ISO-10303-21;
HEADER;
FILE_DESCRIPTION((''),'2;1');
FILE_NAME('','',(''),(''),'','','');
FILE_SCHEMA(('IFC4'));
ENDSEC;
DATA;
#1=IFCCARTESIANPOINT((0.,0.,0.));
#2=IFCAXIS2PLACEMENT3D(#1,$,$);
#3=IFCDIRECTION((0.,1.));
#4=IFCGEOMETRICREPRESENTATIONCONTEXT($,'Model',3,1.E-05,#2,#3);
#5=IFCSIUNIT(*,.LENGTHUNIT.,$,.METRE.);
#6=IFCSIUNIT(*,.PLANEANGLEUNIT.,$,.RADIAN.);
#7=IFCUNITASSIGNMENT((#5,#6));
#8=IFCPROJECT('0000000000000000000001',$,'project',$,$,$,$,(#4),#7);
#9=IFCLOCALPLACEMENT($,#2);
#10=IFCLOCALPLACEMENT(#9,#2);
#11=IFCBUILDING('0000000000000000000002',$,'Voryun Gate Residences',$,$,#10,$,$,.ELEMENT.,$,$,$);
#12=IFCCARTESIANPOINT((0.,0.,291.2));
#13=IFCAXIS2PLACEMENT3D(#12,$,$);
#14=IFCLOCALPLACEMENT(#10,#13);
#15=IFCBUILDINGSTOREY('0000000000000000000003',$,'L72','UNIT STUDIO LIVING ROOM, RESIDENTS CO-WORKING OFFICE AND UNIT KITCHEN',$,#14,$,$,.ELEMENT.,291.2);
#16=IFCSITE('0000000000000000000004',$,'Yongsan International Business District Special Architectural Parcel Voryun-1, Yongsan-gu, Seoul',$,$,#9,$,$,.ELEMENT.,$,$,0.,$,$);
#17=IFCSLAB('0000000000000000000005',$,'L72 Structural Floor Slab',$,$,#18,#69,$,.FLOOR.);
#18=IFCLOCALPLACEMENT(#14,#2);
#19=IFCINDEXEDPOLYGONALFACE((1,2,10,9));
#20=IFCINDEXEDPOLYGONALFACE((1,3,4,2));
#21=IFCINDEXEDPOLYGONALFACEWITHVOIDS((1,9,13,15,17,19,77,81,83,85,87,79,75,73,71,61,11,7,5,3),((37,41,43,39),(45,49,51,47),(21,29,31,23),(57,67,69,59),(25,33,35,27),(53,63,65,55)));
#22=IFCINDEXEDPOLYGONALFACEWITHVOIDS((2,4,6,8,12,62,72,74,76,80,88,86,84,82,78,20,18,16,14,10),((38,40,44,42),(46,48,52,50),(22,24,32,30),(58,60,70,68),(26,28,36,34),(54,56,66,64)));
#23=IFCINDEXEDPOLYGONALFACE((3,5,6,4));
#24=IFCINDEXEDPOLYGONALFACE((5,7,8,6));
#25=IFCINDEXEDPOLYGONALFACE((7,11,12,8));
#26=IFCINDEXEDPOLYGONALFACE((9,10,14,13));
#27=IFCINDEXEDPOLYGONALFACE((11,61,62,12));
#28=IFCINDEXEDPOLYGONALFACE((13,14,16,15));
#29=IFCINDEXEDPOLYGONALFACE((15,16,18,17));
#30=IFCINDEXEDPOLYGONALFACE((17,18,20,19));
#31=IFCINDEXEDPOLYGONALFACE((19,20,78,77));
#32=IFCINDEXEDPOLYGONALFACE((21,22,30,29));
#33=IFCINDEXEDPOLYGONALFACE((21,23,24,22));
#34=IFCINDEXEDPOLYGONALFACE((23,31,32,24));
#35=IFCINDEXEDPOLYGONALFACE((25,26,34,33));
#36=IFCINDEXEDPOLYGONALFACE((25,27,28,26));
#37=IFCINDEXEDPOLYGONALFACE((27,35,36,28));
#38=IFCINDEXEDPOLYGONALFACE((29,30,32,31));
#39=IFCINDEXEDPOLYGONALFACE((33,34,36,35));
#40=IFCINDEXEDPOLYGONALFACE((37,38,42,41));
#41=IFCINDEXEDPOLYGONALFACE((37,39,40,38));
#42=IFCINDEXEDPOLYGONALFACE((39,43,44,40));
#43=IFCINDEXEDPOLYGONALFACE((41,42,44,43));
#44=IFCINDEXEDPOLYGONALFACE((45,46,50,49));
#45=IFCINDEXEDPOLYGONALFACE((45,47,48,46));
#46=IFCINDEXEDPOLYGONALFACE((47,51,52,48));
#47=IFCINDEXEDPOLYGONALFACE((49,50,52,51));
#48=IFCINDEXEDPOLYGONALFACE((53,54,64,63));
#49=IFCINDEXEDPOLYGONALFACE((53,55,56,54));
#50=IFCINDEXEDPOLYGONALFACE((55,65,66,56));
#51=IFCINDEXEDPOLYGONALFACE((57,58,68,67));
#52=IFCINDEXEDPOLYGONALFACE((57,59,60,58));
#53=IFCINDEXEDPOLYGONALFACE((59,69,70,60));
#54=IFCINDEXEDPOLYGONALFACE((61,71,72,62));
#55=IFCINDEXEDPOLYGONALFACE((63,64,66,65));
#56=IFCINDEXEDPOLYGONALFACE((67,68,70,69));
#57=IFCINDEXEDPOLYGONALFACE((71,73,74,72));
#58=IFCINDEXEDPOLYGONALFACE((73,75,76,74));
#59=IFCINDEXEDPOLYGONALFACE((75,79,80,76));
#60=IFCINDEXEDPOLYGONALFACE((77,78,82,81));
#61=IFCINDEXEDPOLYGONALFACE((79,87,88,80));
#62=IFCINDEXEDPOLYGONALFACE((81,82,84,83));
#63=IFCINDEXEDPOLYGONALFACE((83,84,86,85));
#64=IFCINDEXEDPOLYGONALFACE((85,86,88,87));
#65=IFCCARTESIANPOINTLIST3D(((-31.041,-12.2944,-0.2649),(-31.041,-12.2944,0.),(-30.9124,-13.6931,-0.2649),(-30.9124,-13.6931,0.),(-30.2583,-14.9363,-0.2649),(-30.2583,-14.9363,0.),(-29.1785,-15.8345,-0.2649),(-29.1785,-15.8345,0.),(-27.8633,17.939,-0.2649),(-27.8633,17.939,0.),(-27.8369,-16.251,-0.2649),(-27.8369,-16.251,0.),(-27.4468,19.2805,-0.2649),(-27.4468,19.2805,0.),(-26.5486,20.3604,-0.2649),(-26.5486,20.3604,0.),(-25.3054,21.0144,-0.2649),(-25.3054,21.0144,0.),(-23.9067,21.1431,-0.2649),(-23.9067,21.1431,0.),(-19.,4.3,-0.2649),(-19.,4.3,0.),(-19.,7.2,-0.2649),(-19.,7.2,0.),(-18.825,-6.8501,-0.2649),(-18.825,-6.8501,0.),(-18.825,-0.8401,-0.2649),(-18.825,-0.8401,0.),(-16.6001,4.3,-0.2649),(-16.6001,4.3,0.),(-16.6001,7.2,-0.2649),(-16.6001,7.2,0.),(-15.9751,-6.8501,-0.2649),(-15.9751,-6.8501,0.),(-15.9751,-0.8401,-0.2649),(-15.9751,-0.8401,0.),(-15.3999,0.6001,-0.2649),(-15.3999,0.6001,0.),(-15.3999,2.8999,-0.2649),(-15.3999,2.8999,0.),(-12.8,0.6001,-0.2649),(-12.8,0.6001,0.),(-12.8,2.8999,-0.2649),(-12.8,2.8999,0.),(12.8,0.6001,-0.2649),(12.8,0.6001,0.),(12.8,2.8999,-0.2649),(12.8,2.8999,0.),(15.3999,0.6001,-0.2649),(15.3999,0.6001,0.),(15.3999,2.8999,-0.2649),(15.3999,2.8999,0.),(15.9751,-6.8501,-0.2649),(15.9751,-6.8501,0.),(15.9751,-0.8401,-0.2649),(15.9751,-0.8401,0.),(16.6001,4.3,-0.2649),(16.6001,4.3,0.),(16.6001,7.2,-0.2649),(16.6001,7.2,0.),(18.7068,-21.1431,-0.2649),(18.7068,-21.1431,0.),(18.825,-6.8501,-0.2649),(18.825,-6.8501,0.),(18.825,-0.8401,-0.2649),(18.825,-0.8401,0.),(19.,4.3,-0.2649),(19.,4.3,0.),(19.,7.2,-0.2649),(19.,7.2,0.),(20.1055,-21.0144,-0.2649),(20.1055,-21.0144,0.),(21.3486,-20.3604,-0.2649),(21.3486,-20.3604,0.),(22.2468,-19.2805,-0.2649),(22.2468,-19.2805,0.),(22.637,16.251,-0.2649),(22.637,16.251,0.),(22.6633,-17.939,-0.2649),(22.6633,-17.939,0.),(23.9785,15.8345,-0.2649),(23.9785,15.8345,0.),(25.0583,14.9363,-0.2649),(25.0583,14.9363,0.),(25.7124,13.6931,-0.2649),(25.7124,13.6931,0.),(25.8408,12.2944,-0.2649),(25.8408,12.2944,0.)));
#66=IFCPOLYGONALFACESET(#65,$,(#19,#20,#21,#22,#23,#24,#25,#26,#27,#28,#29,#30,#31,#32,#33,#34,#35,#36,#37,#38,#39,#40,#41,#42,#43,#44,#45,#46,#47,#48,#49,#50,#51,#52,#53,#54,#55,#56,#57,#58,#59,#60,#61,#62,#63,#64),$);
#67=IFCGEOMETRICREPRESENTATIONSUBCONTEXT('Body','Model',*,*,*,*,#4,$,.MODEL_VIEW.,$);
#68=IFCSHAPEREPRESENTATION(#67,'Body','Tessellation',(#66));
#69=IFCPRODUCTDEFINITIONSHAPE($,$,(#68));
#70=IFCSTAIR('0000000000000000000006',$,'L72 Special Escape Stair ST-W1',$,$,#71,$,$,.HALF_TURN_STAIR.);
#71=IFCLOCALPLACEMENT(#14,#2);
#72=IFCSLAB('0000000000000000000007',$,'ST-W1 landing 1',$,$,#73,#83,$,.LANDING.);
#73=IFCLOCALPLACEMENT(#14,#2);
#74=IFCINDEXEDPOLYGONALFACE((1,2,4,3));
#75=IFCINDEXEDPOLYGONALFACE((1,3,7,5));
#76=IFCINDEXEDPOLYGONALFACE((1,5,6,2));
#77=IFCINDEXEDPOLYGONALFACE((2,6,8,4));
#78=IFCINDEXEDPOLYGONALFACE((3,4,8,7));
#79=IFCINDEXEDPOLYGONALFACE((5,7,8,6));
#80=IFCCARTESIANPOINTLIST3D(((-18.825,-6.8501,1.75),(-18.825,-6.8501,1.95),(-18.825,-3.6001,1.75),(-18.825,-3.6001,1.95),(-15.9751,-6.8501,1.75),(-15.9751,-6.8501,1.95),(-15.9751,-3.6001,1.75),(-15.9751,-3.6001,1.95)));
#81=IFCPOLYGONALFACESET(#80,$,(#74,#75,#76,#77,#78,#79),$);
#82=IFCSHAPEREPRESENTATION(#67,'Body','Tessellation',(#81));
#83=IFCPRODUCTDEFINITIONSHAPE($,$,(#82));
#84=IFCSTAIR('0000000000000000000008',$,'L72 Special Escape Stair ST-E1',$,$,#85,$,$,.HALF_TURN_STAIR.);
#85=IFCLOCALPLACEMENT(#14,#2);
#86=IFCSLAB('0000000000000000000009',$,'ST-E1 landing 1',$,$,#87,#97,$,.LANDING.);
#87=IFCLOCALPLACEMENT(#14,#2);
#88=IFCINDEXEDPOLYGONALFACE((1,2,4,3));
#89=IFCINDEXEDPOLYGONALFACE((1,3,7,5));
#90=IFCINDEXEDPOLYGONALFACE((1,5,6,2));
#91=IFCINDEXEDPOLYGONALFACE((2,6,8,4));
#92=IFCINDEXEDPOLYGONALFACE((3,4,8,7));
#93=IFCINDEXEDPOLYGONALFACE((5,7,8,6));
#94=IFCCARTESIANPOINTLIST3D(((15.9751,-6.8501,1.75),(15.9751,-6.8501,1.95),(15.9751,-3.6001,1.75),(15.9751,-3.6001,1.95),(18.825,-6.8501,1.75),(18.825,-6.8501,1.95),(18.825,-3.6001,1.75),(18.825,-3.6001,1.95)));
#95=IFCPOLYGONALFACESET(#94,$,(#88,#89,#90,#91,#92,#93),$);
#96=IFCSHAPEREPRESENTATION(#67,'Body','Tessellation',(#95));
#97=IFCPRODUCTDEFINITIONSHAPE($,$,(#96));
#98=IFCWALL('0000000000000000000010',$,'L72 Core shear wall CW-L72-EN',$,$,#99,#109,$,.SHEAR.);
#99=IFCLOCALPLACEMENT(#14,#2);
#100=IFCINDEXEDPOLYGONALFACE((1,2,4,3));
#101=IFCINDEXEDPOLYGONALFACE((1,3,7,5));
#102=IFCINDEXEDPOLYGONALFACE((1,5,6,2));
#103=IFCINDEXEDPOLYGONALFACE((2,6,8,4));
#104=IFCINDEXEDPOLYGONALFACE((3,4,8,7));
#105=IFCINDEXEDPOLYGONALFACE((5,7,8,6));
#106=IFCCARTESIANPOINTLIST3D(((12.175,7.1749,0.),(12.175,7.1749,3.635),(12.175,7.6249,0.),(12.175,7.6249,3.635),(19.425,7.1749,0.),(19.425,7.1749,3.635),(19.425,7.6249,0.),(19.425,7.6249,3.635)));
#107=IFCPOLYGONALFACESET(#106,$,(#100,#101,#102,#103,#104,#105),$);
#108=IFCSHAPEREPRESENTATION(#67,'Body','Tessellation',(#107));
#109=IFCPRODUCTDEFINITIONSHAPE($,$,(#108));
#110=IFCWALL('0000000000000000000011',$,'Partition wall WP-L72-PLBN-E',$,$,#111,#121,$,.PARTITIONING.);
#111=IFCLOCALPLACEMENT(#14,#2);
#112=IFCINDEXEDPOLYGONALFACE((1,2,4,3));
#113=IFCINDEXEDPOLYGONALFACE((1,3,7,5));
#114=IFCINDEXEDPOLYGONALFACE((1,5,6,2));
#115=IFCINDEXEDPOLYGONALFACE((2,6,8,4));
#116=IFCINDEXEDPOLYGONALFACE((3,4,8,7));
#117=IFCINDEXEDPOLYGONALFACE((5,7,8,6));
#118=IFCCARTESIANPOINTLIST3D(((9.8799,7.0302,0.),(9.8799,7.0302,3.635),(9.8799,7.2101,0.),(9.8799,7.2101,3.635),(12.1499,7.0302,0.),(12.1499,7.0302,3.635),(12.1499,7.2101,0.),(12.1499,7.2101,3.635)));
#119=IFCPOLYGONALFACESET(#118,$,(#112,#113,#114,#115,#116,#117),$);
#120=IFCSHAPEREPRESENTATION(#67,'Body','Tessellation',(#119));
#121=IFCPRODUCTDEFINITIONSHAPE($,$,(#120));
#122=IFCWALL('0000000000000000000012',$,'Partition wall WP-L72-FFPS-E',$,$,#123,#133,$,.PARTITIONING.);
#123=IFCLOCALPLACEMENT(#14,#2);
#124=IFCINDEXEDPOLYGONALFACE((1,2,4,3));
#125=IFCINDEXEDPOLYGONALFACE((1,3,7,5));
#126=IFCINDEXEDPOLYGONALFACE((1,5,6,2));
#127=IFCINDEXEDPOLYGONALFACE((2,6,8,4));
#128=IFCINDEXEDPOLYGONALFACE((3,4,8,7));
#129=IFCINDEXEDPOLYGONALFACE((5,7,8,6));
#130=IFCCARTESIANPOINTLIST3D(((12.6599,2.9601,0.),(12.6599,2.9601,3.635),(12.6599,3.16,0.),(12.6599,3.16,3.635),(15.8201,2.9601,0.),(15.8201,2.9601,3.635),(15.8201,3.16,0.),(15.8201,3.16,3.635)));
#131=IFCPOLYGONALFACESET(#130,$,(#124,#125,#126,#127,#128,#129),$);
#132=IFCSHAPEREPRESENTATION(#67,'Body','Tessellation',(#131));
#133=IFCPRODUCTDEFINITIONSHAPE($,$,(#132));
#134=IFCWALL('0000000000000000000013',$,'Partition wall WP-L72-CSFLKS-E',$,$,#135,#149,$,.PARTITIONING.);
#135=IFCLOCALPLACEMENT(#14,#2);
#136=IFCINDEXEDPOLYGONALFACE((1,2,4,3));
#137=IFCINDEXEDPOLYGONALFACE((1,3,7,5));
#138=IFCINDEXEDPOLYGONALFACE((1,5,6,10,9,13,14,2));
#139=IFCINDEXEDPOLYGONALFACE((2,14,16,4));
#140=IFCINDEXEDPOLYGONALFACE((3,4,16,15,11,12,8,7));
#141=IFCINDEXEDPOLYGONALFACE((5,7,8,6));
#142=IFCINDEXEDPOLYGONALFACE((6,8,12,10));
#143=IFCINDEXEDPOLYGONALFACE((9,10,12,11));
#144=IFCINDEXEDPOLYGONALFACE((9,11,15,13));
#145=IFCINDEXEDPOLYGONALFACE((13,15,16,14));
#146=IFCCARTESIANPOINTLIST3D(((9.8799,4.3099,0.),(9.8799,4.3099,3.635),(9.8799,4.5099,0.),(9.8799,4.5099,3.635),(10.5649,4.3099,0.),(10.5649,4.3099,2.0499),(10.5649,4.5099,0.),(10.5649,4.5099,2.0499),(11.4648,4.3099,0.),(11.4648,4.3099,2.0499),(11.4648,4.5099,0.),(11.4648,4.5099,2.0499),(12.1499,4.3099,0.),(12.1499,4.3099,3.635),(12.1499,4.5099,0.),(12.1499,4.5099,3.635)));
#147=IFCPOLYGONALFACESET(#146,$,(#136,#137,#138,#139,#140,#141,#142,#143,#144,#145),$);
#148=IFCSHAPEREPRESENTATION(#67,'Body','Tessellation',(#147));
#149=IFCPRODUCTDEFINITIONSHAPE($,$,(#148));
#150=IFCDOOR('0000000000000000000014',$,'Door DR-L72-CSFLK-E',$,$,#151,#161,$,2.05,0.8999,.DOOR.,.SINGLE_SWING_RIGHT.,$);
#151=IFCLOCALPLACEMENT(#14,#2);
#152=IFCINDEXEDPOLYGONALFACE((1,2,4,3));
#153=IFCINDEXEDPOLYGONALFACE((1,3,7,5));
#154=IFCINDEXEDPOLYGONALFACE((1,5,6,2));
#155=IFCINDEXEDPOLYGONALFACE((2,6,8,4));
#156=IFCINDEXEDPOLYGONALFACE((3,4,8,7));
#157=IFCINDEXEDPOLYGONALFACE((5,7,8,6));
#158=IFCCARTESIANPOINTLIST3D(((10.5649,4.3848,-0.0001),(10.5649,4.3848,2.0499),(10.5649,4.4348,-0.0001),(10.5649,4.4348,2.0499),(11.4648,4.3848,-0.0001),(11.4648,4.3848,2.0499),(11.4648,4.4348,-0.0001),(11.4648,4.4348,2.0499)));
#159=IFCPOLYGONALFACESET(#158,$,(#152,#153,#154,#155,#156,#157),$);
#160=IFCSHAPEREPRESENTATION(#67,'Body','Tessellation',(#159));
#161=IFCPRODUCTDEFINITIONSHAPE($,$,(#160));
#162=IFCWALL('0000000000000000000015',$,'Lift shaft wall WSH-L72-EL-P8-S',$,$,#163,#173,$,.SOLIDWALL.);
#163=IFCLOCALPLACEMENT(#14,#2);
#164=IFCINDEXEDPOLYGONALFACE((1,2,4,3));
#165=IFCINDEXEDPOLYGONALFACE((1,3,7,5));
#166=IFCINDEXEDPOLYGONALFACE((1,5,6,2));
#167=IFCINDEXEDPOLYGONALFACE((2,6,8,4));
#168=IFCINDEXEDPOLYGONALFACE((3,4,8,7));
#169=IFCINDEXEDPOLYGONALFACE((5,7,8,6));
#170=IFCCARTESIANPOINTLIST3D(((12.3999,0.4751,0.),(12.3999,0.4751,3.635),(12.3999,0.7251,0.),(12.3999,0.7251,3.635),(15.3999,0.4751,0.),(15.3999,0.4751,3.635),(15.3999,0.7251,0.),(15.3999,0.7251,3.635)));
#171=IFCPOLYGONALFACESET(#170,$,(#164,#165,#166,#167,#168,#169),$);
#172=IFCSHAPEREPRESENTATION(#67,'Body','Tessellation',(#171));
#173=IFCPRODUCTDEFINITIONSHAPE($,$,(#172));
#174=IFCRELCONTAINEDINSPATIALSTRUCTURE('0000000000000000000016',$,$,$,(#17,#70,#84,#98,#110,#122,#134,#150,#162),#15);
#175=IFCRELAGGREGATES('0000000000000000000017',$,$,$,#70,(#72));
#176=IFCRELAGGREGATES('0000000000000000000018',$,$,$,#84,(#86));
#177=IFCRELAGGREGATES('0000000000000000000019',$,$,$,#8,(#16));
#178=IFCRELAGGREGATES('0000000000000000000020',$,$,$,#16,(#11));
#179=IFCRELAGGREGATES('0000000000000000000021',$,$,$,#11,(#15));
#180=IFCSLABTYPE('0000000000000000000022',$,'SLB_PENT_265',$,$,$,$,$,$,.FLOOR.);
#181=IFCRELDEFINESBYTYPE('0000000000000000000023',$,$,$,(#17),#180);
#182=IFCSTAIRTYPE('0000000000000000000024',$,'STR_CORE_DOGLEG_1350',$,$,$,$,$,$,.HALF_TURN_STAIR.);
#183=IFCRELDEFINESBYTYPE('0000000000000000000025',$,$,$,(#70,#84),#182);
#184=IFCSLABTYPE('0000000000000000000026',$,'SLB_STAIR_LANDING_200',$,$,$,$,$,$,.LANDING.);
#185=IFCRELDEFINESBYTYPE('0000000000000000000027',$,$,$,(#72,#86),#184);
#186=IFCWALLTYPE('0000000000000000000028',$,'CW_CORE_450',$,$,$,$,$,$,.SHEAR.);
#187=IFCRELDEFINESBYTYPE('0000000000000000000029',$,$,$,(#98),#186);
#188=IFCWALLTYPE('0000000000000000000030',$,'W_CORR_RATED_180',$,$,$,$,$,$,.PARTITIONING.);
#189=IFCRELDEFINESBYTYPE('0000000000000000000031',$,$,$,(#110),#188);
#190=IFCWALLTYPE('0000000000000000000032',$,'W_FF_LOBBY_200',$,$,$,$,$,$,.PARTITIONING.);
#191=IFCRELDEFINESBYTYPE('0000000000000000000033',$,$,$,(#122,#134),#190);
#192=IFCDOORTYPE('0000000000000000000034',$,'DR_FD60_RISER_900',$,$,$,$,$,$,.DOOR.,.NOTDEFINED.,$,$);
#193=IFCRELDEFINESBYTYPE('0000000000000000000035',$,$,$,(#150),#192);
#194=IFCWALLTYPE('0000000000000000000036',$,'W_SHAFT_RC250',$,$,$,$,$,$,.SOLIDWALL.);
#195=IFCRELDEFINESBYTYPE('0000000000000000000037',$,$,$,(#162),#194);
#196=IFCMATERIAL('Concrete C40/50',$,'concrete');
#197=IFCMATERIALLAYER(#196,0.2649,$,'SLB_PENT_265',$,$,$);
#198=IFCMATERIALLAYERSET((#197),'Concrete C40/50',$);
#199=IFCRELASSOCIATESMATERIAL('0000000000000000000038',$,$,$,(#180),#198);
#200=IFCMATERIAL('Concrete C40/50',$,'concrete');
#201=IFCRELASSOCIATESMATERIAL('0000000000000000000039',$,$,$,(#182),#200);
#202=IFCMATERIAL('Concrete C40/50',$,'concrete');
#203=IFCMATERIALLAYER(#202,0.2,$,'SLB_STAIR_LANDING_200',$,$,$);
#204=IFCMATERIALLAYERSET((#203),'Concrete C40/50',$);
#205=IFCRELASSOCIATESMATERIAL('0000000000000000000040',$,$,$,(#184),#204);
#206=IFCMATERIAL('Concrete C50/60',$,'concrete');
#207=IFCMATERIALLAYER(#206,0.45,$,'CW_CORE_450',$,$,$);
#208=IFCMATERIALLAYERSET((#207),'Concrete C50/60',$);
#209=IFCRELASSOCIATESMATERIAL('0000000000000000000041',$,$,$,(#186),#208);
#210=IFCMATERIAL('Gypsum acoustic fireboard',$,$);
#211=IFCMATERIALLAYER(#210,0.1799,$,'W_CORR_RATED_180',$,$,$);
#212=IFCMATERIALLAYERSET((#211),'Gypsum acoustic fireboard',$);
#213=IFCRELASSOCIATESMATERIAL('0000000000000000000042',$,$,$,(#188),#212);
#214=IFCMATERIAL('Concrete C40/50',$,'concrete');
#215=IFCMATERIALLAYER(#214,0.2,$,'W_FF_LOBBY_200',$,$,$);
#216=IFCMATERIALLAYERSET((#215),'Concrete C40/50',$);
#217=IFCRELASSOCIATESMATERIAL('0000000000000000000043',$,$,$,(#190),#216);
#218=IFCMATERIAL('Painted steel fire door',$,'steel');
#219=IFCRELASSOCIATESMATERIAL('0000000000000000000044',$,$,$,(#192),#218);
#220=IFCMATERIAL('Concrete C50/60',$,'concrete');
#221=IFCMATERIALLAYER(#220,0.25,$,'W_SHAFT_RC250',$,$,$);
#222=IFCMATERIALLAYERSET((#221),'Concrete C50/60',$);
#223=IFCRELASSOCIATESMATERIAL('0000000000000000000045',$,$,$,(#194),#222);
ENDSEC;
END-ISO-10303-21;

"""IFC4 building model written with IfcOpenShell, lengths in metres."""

from ifc_helpers import new_model, si_unit, direction, frame, frame_2d, origin, place, context, subcontext, project, spatial, polyline, rectangle, outline, extrude, material, layer, layer_set, type_object, element, fill, aggregate, save


model = new_model("IFC4")

# Units and contexts
model_context = context("Model", 3, precision=1e-05, world=origin(), true_north=direction((0.0, 1.0)))
body_context = subcontext(model_context, "Body", "Model", "MODEL_VIEW")
ifc_project = project(units=[si_unit("LENGTHUNIT", "METRE"), si_unit("PLANEANGLEUNIT", "RADIAN")], contexts=[model_context])

# Site, building, storey
site_placement = place(None, origin())
site = spatial("IfcSite", under=ifc_project, at=site_placement, Name="Yongsan International Business District Special Architectural Parcel Voryun-1, Yongsan-gu, Seoul", CompositionType="ELEMENT", RefElevation=0.0)
building_placement = place(site_placement, origin())
building = spatial("IfcBuilding", under=site, at=building_placement, Name="Voryun Gate Residences", CompositionType="ELEMENT")
storey_placement = place(building_placement, frame((0.0, 0.0, 291.2)))
storey = spatial("IfcBuildingStorey", under=building, at=storey_placement, Name="L72", Description="UNIT STUDIO LIVING ROOM, RESIDENTS CO-WORKING OFFICE AND UNIT KITCHEN", CompositionType="ELEMENT", Elevation=291.2)

# Slab
ifc_material_1 = material(Name="Concrete C40/50", Category="concrete")
ifc_layer_1 = layer(ifc_material_1, 0.2649, Name="SLB_PENT_265")
ifc_layer_set_1 = layer_set([ifc_layer_1], Name="Concrete C40/50")
slab_type_1 = type_object("IfcSlabType", Name="SLB_PENT_265", PredefinedType="FLOOR", material=ifc_layer_set_1)
slab_1_placement = place(storey_placement, frame((0.0, 0.0, -0.2649)))
element("IfcSlab", 1, at=slab_1_placement, inside=storey, type_object=slab_type_1, Name="L72 Structural Floor Slab", PredefinedType="FLOOR", context=body_context, shape_type="SweptSolid", body=[
    extrude(outline(polyline([(-27.8369, -16.251), (-29.1785, -15.8345), (-30.2583, -14.9363), (-30.9124, -13.6931), (-31.041, -12.2944), (-27.8633, 17.939), (-27.4468, 19.2805), (-26.5486, 20.3604), (-25.3054, 21.0144), (-23.9067, 21.1431), (22.637, 16.251), (23.9785, 15.8345), (25.0583, 14.9363), (25.7124, 13.6931), (25.8408, 12.2944), (22.6633, -17.939), (22.2468, -19.2805), (21.3486, -20.3604), (20.1055, -21.0144), (18.7068, -21.1431), (-27.8369, -16.251)]), holes=[polyline([(-15.9751, -0.8401), (-18.825, -0.8401), (-18.825, -6.8501), (-15.9751, -6.8501), (-15.9751, -0.8401)]), polyline([(18.825, -6.8501), (18.825, -0.8401), (15.9751, -0.8401), (15.9751, -6.8501), (18.825, -6.8501)]), polyline([(-12.8, 2.8999), (-15.3999, 2.8999), (-15.3999, 0.6001), (-12.8, 0.6001), (-12.8, 2.8999)]), polyline([(12.8, 2.8999), (12.8, 0.6001), (15.3999, 0.6001), (15.3999, 2.8999), (12.8, 2.8999)]), polyline([(-16.6001, 7.2), (-19.0, 7.2), (-19.0, 4.3), (-16.6001, 4.3), (-16.6001, 7.2)]), polyline([(19.0, 7.2), (16.6001, 7.2), (16.6001, 4.3), (19.0, 4.3), (19.0, 7.2)])]), origin(), (0.0, 0.0, 1.0), 0.2649),
])

# Stairs, slabs
ifc_material_2 = material(Name="Concrete C40/50", Category="concrete")
stair_type = type_object("IfcStairType", Name="STR_CORE_DOGLEG_1350", PredefinedType="HALF_TURN_STAIR", material=ifc_material_2)
stair_1_placement = place(storey_placement, origin())
stair_1 = element("IfcStair", 2, at=stair_1_placement, inside=storey, type_object=stair_type, Name="L72 Special Escape Stair ST-W1", PredefinedType="HALF_TURN_STAIR")
ifc_material_3 = material(Name="Concrete C40/50", Category="concrete")
ifc_layer_2 = layer(ifc_material_3, 0.2, Name="SLB_STAIR_LANDING_200")
ifc_layer_set_2 = layer_set([ifc_layer_2], Name="Concrete C40/50")
slab_type_2 = type_object("IfcSlabType", Name="SLB_STAIR_LANDING_200", PredefinedType="LANDING", material=ifc_layer_set_2)
slab_2_placement = place(storey_placement, frame((0.0, 0.0, 1.75)))
slab_2 = element("IfcSlab", 3, at=slab_2_placement, type_object=slab_type_2, Name="ST-W1 landing 1", PredefinedType="LANDING", context=body_context, shape_type="SweptSolid", body=[
    extrude(outline(polyline([(-18.825, -3.6001), (-18.825, -6.8501), (-15.9751, -6.8501), (-15.9751, -3.6001), (-18.825, -3.6001)])), origin(), (0.0, 0.0, 1.0), 0.2),
])
aggregate(stair_1, [slab_2])
stair_2_placement = place(storey_placement, origin())
stair_2 = element("IfcStair", 4, at=stair_2_placement, inside=storey, type_object=stair_type, Name="L72 Special Escape Stair ST-E1", PredefinedType="HALF_TURN_STAIR")
slab_3_placement = place(storey_placement, frame((0.0, 0.0, 1.75)))
slab_3 = element("IfcSlab", 5, at=slab_3_placement, type_object=slab_type_2, Name="ST-E1 landing 1", PredefinedType="LANDING", context=body_context, shape_type="SweptSolid", body=[
    extrude(outline(polyline([(15.9751, -3.6001), (15.9751, -6.8501), (18.825, -6.8501), (18.825, -3.6001), (15.9751, -3.6001)])), origin(), (0.0, 0.0, 1.0), 0.2),
])
aggregate(stair_2, [slab_3])

# Walls
ifc_material_4 = material(Name="Concrete C50/60", Category="concrete")
ifc_layer_3 = layer(ifc_material_4, 0.45, Name="CW_CORE_450")
ifc_layer_set_3 = layer_set([ifc_layer_3], Name="Concrete C50/60")
wall_type_1 = type_object("IfcWallType", Name="CW_CORE_450", PredefinedType="SHEAR", material=ifc_layer_set_3)
wall_1_placement = place(storey_placement, frame((12.175, 7.3999, 0.0), z_axis=(0.0, 0.0, 1.0), x_axis=(1.0, 0.0, 0.0)))
element("IfcWall", 6, at=wall_1_placement, inside=storey, type_object=wall_type_1, Name="L72 Core shear wall CW-L72-EN", PredefinedType="SHEAR", context=body_context, shape_type="SweptSolid", body=[
    extrude(rectangle(XDim=7.25, YDim=0.45, at=frame_2d((3.625, 0.0))), origin(), (0.0, 0.0, 1.0), 3.635),
])
ifc_material_5 = material(Name="Gypsum acoustic fireboard")
ifc_layer_4 = layer(ifc_material_5, 0.1799, Name="W_CORR_RATED_180")
ifc_layer_set_4 = layer_set([ifc_layer_4], Name="Gypsum acoustic fireboard")
wall_type_2 = type_object("IfcWallType", Name="W_CORR_RATED_180", PredefinedType="PARTITIONING", material=ifc_layer_set_4)
wall_2_placement = place(storey_placement, frame((9.8799, 7.1201, 0.0), z_axis=(0.0, 0.0, 1.0), x_axis=(1.0, 0.0, 0.0)))
element("IfcWall", 7, at=wall_2_placement, inside=storey, type_object=wall_type_2, Name="Partition wall WP-L72-PLBN-E", PredefinedType="PARTITIONING", context=body_context, shape_type="SweptSolid", body=[
    extrude(rectangle(XDim=2.27, YDim=0.1799, at=frame_2d((1.135, 0.0))), origin(), (0.0, 0.0, 1.0), 3.635),
])
ifc_material_6 = material(Name="Concrete C40/50", Category="concrete")
ifc_layer_5 = layer(ifc_material_6, 0.2, Name="W_FF_LOBBY_200")
ifc_layer_set_5 = layer_set([ifc_layer_5], Name="Concrete C40/50")
wall_type_3 = type_object("IfcWallType", Name="W_FF_LOBBY_200", PredefinedType="PARTITIONING", material=ifc_layer_set_5)
wall_3_placement = place(storey_placement, frame((12.6599, 3.0601, 0.0), z_axis=(0.0, 0.0, 1.0), x_axis=(1.0, 0.0, 0.0)))
element("IfcWall", 8, at=wall_3_placement, inside=storey, type_object=wall_type_3, Name="Partition wall WP-L72-FFPS-E", PredefinedType="PARTITIONING", context=body_context, shape_type="SweptSolid", body=[
    extrude(rectangle(XDim=3.1602, YDim=0.2, at=frame_2d((1.5801, 0.0))), origin(), (0.0, 0.0, 1.0), 3.635),
])

# Wall, opening, door
wall_4_placement = place(storey_placement, frame((9.8799, 4.4099, 0.0), z_axis=(0.0, 0.0, 1.0), x_axis=(1.0, 0.0, 0.0)))
wall_4 = element("IfcWall", 9, at=wall_4_placement, inside=storey, type_object=wall_type_3, Name="Partition wall WP-L72-CSFLKS-E", PredefinedType="PARTITIONING", context=body_context, shape_type="SweptSolid", body=[
    extrude(rectangle(XDim=2.27, YDim=0.2, at=frame_2d((1.135, 0.0))), origin(), (0.0, 0.0, 1.0), 3.635),
])
opening_placement = place(wall_4_placement, frame((0.6851, 0.0, 0.0)))
opening = element("IfcOpeningElement", 10, at=opening_placement, cuts=wall_4, PredefinedType="OPENING", context=body_context, shape_type="SweptSolid", body=[
    extrude(rectangle(XDim=0.8999, YDim=2.05, at=frame_2d((0.45, 1.0249))), frame((0.0, 0.1101, 0.0), z_axis=(0.0, -1.0, 0.0), x_axis=(1.0, 0.0, 0.0)), (0.0, 0.0, 1.0), 0.22),
])
ifc_material_7 = material(Name="Painted steel fire door", Category="steel")
door_type = type_object("IfcDoorType", Name="DR_FD60_RISER_900", OperationType="NOTDEFINED", PredefinedType="DOOR", material=ifc_material_7)
door_placement = place(opening_placement, origin())
door = element("IfcDoor", 11, at=door_placement, inside=storey, type_object=door_type, Name="Door DR-L72-CSFLK-E", OperationType="SINGLE_SWING_RIGHT", OverallHeight=2.05, OverallWidth=0.8999, PredefinedType="DOOR", context=body_context, shape_type="SweptSolid", body=[
    extrude(rectangle(XDim=0.8999, YDim=2.05, at=frame_2d((0.45, 1.0249))), frame((0.0, 0.0249, 0.0), z_axis=(0.0, -1.0, 0.0), x_axis=(1.0, 0.0, 0.0)), (0.0, 0.0, 1.0), 0.05),
])
fill(opening, door)

# Wall
ifc_material_8 = material(Name="Concrete C50/60", Category="concrete")
ifc_layer_6 = layer(ifc_material_8, 0.25, Name="W_SHAFT_RC250")
ifc_layer_set_6 = layer_set([ifc_layer_6], Name="Concrete C50/60")
wall_type_4 = type_object("IfcWallType", Name="W_SHAFT_RC250", PredefinedType="SOLIDWALL", material=ifc_layer_set_6)
wall_5_placement = place(storey_placement, frame((12.3999, 0.6001, 0.0), z_axis=(0.0, 0.0, 1.0), x_axis=(1.0, 0.0, 0.0)))
element("IfcWall", 12, at=wall_5_placement, inside=storey, type_object=wall_type_4, Name="Lift shaft wall WSH-L72-EL-P8-S", PredefinedType="SOLIDWALL", context=body_context, shape_type="SweptSolid", body=[
    extrude(rectangle(XDim=3.0, YDim=0.25, at=frame_2d((1.5, 0.0))), origin(), (0.0, 0.0, 1.0), 3.635),
])

save(model, "model.ifc")
